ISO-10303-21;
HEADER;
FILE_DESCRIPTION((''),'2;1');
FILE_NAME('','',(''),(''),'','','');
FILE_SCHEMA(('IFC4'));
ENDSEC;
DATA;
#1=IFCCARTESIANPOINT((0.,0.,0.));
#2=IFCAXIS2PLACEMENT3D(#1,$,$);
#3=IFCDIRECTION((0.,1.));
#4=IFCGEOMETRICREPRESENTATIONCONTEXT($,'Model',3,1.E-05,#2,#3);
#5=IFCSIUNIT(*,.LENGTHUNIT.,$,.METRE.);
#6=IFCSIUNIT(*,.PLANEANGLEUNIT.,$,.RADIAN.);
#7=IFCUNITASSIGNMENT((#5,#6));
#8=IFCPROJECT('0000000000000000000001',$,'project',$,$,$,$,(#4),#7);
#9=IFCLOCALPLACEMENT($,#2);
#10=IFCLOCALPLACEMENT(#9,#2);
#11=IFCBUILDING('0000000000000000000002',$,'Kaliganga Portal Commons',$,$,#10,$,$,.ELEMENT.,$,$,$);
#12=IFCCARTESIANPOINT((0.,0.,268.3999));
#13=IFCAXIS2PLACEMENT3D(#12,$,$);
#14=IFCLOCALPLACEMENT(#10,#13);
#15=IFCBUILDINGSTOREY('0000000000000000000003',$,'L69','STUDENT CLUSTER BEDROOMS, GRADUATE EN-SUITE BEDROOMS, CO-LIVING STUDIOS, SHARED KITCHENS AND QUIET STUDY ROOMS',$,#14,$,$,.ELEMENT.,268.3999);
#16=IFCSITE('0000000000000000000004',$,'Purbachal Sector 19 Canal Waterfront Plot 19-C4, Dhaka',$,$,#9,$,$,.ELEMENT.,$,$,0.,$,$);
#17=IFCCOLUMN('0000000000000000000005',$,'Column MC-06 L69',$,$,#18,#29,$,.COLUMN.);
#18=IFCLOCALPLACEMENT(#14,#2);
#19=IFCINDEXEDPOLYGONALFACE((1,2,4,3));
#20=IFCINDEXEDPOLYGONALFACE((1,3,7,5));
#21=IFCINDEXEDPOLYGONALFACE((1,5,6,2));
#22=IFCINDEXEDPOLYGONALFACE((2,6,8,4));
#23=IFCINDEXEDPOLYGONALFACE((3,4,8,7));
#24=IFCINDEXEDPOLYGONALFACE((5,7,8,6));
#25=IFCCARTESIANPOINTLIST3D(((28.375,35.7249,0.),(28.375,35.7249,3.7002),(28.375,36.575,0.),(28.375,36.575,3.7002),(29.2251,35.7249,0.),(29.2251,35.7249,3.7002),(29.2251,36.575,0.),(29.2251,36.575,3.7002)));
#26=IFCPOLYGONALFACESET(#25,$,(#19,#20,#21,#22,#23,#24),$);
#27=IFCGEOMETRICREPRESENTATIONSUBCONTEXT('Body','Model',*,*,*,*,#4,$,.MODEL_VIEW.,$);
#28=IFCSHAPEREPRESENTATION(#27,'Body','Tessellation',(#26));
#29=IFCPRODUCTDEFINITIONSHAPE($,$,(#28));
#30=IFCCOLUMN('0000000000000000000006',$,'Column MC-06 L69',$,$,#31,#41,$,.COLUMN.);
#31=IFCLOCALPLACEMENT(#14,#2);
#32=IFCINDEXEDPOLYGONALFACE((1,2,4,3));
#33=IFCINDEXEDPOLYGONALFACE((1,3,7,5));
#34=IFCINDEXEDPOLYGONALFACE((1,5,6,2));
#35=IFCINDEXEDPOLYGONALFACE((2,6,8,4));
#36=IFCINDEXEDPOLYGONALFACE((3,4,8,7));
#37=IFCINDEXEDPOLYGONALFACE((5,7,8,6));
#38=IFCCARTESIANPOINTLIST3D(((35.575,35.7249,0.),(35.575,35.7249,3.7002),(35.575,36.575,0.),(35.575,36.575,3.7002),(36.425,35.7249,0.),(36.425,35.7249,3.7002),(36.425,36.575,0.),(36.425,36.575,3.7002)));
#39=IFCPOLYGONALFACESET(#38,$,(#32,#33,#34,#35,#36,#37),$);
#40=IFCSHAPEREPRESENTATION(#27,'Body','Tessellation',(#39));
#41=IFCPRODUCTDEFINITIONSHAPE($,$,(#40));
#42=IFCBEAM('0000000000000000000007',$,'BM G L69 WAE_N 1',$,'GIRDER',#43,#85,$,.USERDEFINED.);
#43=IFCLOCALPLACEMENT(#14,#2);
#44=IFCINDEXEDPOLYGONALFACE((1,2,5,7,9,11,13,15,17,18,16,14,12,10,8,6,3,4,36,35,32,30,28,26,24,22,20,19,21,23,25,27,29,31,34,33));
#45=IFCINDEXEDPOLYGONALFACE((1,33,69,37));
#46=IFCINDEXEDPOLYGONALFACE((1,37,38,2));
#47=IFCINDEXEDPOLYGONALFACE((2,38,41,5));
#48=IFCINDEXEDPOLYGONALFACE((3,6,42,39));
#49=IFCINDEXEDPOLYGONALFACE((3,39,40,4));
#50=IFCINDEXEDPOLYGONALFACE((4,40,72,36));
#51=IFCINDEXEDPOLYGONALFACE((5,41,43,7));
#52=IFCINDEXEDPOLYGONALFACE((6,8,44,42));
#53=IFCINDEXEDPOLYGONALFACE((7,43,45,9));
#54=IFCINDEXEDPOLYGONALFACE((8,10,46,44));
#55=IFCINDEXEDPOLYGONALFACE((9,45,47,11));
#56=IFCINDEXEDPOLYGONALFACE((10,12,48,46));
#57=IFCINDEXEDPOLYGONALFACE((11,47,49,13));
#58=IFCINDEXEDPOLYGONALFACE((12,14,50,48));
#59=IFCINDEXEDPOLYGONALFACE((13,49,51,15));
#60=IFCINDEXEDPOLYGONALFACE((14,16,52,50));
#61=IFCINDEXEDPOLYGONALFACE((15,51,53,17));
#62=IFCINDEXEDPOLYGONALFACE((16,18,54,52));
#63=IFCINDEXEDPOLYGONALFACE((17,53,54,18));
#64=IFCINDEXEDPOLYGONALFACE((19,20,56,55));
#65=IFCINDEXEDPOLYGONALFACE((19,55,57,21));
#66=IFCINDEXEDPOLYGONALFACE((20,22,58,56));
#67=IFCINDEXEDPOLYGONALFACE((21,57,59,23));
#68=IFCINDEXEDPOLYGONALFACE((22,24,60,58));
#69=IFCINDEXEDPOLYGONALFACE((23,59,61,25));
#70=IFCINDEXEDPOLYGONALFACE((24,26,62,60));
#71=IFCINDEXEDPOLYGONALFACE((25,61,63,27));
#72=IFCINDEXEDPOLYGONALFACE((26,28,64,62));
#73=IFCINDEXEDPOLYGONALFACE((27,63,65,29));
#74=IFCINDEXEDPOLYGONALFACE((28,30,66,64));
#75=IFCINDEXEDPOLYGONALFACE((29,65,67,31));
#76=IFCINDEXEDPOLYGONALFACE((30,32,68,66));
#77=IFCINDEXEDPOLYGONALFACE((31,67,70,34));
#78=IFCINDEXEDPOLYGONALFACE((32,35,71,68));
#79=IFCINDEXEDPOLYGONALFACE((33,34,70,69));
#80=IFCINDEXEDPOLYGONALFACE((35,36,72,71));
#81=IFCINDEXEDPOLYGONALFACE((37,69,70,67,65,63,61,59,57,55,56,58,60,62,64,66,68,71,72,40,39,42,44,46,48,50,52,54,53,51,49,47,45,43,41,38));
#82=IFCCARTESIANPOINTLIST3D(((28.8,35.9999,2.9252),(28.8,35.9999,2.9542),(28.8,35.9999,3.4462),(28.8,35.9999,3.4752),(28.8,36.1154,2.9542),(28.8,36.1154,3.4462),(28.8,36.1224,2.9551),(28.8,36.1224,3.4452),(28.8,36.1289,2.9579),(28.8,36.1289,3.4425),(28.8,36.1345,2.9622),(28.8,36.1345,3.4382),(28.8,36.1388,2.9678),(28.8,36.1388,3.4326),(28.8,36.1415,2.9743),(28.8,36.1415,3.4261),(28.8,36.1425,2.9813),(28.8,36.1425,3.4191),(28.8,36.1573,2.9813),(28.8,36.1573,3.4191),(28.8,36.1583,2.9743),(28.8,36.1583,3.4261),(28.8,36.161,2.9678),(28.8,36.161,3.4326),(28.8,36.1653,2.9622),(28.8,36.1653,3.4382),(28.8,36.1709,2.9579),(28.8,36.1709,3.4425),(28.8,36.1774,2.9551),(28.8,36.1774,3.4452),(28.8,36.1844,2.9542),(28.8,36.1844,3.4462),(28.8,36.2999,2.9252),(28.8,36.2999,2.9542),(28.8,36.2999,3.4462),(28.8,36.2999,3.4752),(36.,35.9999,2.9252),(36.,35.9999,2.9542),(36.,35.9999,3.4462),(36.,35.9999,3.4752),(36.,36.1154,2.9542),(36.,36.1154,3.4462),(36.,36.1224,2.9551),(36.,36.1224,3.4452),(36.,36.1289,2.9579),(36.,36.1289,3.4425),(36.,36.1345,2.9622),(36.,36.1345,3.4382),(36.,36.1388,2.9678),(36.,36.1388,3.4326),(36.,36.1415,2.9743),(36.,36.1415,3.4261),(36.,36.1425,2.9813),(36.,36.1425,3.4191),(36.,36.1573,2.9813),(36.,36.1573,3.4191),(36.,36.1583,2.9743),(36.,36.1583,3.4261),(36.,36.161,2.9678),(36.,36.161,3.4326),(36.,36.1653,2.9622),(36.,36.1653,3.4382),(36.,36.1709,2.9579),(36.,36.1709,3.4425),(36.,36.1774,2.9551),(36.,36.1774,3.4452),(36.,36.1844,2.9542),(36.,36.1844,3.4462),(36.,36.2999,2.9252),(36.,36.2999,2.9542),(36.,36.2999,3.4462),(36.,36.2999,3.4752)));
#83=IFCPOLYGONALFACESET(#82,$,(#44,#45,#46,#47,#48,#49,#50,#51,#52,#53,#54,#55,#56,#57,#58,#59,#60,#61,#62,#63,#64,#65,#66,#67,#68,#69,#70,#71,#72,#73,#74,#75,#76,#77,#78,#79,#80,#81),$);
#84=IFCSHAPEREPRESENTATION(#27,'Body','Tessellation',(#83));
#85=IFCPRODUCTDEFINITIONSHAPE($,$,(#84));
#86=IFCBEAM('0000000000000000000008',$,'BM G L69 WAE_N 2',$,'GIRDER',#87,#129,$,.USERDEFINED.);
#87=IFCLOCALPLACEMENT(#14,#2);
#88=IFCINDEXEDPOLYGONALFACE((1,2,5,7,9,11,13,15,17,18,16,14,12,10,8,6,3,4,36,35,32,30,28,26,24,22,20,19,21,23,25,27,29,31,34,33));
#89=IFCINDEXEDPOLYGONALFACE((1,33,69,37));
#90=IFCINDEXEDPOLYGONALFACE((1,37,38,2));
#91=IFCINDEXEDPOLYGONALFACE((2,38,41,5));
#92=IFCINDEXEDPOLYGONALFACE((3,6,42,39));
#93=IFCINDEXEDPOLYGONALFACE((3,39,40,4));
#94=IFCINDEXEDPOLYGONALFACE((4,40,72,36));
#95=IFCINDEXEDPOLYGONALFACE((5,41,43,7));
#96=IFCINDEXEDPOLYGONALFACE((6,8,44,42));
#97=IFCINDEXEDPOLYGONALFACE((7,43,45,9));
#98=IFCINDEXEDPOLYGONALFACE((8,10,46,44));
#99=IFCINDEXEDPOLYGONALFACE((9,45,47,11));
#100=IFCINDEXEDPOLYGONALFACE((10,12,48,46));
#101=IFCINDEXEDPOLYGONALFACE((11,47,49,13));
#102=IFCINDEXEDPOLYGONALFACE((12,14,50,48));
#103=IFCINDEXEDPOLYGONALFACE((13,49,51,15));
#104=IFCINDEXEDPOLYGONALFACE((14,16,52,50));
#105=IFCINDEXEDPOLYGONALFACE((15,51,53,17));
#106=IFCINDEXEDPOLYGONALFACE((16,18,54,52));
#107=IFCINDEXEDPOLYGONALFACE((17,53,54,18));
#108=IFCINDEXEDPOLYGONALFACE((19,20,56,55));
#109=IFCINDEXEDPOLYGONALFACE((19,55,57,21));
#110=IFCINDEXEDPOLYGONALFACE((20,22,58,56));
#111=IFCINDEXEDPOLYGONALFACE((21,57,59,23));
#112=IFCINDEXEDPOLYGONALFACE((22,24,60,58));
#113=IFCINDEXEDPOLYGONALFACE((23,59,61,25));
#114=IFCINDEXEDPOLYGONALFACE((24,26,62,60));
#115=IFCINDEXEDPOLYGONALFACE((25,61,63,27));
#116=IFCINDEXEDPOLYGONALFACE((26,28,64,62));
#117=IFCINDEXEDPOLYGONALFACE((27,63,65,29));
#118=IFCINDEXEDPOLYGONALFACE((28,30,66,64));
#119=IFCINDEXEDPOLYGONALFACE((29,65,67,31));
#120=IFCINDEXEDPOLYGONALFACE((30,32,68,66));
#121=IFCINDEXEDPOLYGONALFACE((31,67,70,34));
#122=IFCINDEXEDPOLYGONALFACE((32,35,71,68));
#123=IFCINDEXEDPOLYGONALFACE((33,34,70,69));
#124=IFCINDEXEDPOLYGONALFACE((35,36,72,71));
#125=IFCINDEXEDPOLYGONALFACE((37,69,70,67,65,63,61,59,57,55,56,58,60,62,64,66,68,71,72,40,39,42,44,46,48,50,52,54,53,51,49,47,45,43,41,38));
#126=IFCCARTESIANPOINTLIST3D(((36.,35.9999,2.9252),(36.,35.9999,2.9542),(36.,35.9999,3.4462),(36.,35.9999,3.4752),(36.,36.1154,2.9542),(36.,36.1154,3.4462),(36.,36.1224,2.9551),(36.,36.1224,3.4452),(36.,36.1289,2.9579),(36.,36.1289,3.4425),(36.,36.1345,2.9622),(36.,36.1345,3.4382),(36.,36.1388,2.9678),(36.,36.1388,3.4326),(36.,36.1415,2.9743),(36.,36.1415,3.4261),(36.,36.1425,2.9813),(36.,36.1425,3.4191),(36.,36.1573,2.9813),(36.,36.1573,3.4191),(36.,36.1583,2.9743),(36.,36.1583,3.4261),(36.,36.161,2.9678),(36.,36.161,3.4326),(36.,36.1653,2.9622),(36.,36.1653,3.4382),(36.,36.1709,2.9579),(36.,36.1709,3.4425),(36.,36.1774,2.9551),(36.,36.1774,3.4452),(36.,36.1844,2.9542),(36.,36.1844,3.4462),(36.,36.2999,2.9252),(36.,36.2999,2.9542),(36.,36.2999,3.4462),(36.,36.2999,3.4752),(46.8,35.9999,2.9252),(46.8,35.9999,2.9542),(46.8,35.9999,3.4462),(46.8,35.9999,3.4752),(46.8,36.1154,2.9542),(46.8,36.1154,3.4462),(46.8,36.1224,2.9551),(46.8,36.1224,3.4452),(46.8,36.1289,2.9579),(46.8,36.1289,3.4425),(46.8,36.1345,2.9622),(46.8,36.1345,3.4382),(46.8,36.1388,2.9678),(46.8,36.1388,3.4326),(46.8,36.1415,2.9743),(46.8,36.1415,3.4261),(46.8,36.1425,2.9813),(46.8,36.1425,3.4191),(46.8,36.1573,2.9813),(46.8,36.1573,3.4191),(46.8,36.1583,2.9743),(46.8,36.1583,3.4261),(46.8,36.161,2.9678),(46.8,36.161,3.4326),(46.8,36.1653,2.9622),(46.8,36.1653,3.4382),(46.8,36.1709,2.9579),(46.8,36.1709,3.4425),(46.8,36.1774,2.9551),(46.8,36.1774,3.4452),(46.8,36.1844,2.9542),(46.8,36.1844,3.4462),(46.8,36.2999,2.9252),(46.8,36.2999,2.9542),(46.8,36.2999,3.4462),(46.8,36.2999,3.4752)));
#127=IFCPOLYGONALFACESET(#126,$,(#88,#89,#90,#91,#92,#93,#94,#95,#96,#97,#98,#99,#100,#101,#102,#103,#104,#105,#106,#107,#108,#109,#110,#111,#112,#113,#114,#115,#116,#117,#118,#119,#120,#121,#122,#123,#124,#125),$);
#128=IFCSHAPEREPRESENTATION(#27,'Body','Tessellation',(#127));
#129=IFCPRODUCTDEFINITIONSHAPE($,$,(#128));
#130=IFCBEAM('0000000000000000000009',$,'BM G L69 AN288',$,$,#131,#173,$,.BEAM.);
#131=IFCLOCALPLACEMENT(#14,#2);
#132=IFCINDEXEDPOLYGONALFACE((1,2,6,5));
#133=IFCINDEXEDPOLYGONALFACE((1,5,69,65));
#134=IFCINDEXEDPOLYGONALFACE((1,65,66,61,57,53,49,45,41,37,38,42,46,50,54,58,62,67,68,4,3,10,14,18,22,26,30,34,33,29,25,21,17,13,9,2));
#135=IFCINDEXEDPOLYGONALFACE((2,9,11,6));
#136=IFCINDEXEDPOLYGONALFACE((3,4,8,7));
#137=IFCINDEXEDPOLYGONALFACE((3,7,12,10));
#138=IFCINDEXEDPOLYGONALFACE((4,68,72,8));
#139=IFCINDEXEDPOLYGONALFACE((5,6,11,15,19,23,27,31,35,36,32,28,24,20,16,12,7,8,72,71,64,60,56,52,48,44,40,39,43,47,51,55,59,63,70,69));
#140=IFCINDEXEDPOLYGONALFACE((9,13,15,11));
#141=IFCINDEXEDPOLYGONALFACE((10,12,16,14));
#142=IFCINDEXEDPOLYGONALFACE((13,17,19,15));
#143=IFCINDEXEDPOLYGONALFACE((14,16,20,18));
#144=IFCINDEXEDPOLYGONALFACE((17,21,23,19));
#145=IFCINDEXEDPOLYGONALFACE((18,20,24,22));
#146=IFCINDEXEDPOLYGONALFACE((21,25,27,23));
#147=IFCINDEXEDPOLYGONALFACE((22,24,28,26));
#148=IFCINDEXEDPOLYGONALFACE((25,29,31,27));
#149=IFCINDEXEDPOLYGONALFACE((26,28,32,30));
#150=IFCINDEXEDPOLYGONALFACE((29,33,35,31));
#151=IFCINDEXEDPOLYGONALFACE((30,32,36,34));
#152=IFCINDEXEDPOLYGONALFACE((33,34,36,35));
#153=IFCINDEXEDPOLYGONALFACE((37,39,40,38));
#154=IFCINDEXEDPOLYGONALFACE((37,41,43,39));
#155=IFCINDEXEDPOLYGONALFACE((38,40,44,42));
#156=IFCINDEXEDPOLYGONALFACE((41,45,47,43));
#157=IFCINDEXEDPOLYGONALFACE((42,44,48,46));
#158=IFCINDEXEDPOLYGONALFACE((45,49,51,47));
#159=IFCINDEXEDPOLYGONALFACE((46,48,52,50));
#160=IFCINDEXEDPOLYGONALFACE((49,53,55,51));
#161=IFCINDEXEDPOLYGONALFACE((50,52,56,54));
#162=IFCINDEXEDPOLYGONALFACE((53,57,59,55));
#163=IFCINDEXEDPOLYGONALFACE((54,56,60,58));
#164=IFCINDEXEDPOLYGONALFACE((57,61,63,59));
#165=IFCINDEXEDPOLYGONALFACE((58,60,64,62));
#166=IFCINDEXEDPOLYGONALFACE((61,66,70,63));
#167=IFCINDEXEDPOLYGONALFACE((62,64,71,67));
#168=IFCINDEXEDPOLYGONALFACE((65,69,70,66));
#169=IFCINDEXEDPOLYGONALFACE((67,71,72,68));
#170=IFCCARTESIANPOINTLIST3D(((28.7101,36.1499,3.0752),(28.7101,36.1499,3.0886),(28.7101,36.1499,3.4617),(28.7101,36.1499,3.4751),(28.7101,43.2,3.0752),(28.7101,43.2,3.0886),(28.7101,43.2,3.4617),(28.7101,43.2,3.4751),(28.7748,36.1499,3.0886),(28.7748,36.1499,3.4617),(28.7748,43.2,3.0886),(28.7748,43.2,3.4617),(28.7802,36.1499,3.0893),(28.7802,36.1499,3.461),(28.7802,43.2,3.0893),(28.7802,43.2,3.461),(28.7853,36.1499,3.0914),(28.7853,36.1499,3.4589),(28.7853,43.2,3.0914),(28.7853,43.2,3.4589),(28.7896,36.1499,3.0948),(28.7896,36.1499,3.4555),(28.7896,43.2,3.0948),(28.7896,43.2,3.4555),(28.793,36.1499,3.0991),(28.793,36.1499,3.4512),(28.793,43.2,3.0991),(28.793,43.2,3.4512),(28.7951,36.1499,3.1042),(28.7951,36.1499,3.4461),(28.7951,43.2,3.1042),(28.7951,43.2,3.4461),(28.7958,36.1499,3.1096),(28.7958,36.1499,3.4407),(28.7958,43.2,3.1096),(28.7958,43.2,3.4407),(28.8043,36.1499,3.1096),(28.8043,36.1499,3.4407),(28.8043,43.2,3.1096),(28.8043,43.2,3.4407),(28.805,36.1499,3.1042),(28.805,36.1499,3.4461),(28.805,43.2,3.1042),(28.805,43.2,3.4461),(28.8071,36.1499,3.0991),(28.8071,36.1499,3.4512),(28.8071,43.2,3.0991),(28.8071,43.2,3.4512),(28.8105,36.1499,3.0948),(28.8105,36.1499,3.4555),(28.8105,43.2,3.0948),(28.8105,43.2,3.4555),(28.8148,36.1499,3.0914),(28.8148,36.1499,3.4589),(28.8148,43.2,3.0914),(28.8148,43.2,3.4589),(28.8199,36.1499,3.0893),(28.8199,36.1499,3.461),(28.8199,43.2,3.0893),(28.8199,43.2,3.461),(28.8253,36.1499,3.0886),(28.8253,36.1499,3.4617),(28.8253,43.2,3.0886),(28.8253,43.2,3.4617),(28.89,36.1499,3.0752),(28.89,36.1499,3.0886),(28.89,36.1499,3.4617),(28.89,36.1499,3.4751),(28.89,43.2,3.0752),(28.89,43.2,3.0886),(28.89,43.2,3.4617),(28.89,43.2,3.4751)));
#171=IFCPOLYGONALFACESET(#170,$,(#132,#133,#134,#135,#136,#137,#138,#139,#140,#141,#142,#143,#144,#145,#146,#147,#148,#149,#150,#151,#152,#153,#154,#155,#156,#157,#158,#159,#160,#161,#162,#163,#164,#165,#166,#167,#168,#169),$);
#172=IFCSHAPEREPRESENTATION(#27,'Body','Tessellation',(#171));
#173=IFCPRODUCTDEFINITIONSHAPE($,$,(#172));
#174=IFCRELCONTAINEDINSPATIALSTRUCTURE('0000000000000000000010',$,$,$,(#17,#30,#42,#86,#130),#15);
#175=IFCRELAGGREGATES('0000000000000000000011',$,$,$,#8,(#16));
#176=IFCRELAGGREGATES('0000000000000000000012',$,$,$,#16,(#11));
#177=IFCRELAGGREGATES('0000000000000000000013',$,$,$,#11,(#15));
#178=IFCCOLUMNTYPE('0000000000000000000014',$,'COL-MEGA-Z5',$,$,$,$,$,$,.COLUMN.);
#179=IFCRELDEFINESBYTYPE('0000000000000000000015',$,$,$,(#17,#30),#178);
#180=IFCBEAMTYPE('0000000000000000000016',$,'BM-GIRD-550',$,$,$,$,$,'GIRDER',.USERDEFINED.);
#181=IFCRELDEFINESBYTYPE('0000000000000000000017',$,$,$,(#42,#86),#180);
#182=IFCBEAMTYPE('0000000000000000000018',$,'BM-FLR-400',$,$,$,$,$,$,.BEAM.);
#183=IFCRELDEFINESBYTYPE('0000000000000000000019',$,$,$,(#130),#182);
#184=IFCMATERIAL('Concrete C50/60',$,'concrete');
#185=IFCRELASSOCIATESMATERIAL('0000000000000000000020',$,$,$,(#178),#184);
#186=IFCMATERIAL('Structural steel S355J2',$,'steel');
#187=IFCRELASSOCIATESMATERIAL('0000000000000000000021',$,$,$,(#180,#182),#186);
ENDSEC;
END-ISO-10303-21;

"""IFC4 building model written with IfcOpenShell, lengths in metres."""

from ifc_helpers import new_model, si_unit, direction, frame, origin, origin_2d, place, context, subcontext, project, spatial, rectangle, i_section, extrude, source, transform, mapped, material, material_profile, profile_set, type_object, element, save


model = new_model("IFC4")

# Units and contexts
model_context = context("Model", 3, precision=1e-05, world=origin(), true_north=direction((0.0, 1.0)))
body_context = subcontext(model_context, "Body", "Model", "MODEL_VIEW")
ifc_project = project(units=[si_unit("LENGTHUNIT", "METRE"), si_unit("PLANEANGLEUNIT", "RADIAN")], contexts=[model_context])

# Site, building, storey
site_placement = place(None, origin())
site = spatial("IfcSite", under=ifc_project, at=site_placement, Name="Purbachal Sector 19 Canal Waterfront Plot 19-C4, Dhaka", CompositionType="ELEMENT", RefElevation=0.0)
building_placement = place(site_placement, origin())
building = spatial("IfcBuilding", under=site, at=building_placement, Name="Kaliganga Portal Commons", CompositionType="ELEMENT")
storey_placement = place(building_placement, frame((0.0, 0.0, 268.3999)))
storey = spatial("IfcBuildingStorey", under=building, at=storey_placement, Name="L69", Description="STUDENT CLUSTER BEDROOMS, GRADUATE EN-SUITE BEDROOMS, CO-LIVING STUDIOS, SHARED KITCHENS AND QUIET STUDY ROOMS", CompositionType="ELEMENT", Elevation=268.3999)

# Columns
ifc_material_1 = material(Name="Concrete C50/60", Category="concrete")
ifc_material_profile_1 = material_profile(ifc_material_1, rectangle(XDim=0.8501, YDim=0.8501, at=origin_2d()), Name="RC 850x850")
ifc_profile_set_1 = profile_set([ifc_material_profile_1], Name="Concrete C50/60")
column_type = type_object("IfcColumnType", Name="COL-MEGA-Z5", PredefinedType="COLUMN", material=ifc_profile_set_1)
shared_shape_1 = source(origin(), body_context, "Body", "SweptSolid", [
    extrude(rectangle(XDim=0.8501, YDim=0.8501, at=origin_2d()), origin(), (0.0, 0.0, 1.0), 3.7002),
])
for number, where, z_axis, x_axis, name in (
    (1, (28.8, 36.1499, 0.0), (0.0, 0.0, 1.0), (1.0, 0.0, 0.0), "Column MC-06 L69"),
    (2, (36.0, 36.1499, 0.0), (0.0, 0.0, 1.0), (1.0, 0.0, 0.0), "Column MC-06 L69"),
):
    element("IfcColumn", number, at=place(storey_placement, frame(where, z_axis=z_axis, x_axis=x_axis)), inside=storey, type_object=column_type, Name=name, PredefinedType="COLUMN", context=body_context, shape_type="MappedRepresentation", body=[
        mapped(shared_shape_1, transform((0.0, 0.0, 0.0), x_axis=(1.0, 0.0, 0.0), y_axis=(0.0, 1.0, 0.0), z_axis=(0.0, 0.0, 1.0), scale=1.0)),
    ])

# Beams
ifc_material_2 = material(Name="Structural steel S355J2", Category="steel")
ifc_material_profile_2 = material_profile(ifc_material_2, i_section(OverallWidth=0.3, OverallDepth=0.55, WebThickness=0.0149, FlangeThickness=0.0291, FilletRadius=0.0271, at=origin_2d()), Name="HE 550 B")
ifc_profile_set_2 = profile_set([ifc_material_profile_2], Name="Structural steel S355J2 wide-flange")
beam_type_1 = type_object("IfcBeamType", Name="BM-GIRD-550", ElementType="GIRDER", PredefinedType="USERDEFINED", material=ifc_profile_set_2)
shared_shape_2 = source(origin(), body_context, "Body", "SweptSolid", [
    extrude(i_section(OverallWidth=0.3, OverallDepth=0.55, WebThickness=0.0149, FlangeThickness=0.0291, FilletRadius=0.0271, at=origin_2d()), origin(), (0.0, 0.0, 1.0), 7.2),
])
beam_1_placement = place(storey_placement, frame((28.8, 36.1499, 3.2002), z_axis=(1.0, 0.0, 0.0), x_axis=(0.0, 1.0, 0.0)))
element("IfcBeam", 3, at=beam_1_placement, inside=storey, type_object=beam_type_1, Name="BM G L69 WAE_N 1", ObjectType="GIRDER", PredefinedType="USERDEFINED", context=body_context, shape_type="MappedRepresentation", body=[
    mapped(shared_shape_2, transform((0.0, 0.0, 0.0), x_axis=(1.0, 0.0, 0.0), y_axis=(0.0, 1.0, 0.0), z_axis=(0.0, 0.0, 1.0), scale=1.0)),
])
shared_shape_3 = source(origin(), body_context, "Body", "SweptSolid", [
    extrude(i_section(OverallWidth=0.3, OverallDepth=0.55, WebThickness=0.0149, FlangeThickness=0.0291, FilletRadius=0.0271, at=origin_2d()), origin(), (0.0, 0.0, 1.0), 10.8),
])
beam_2_placement = place(storey_placement, frame((36.0, 36.1499, 3.2002), z_axis=(1.0, 0.0, 0.0), x_axis=(0.0, 1.0, 0.0)))
element("IfcBeam", 4, at=beam_2_placement, inside=storey, type_object=beam_type_1, Name="BM G L69 WAE_N 2", ObjectType="GIRDER", PredefinedType="USERDEFINED", context=body_context, shape_type="MappedRepresentation", body=[
    mapped(shared_shape_3, transform((0.0, 0.0, 0.0), x_axis=(1.0, 0.0, 0.0), y_axis=(0.0, 1.0, 0.0), z_axis=(0.0, 0.0, 1.0), scale=1.0)),
])
ifc_material_profile_3 = material_profile(ifc_material_2, i_section(OverallWidth=0.1799, OverallDepth=0.3999, WebThickness=0.0085, FlangeThickness=0.0134, FilletRadius=0.021, at=origin_2d()), Name="IPE 400")
ifc_profile_set_3 = profile_set([ifc_material_profile_3], Name="Structural steel S355J2 wide-flange")
beam_type_2 = type_object("IfcBeamType", Name="BM-FLR-400", PredefinedType="BEAM", material=ifc_profile_set_3)
shared_shape_4 = source(origin(), body_context, "Body", "SweptSolid", [
    extrude(i_section(OverallWidth=0.1799, OverallDepth=0.3999, WebThickness=0.0085, FlangeThickness=0.0134, FilletRadius=0.021, at=origin_2d()), origin(), (0.0, 0.0, 1.0), 7.05),
])
for number, where, z_axis, x_axis, name in (
    (5, (28.8, 36.1499, 3.2751), (0.0, 1.0, 0.0), (-1.0, 0.0, 0.0), "BM G L69 AN288"),
):
    element("IfcBeam", number, at=place(storey_placement, frame(where, z_axis=z_axis, x_axis=x_axis)), inside=storey, type_object=beam_type_2, Name=name, PredefinedType="BEAM", context=body_context, shape_type="MappedRepresentation", body=[
        mapped(shared_shape_4, transform((0.0, 0.0, 0.0), x_axis=(1.0, 0.0, 0.0), y_axis=(0.0, 1.0, 0.0), z_axis=(0.0, 0.0, 1.0), scale=1.0)),
    ])

save(model, "model.ifc")
